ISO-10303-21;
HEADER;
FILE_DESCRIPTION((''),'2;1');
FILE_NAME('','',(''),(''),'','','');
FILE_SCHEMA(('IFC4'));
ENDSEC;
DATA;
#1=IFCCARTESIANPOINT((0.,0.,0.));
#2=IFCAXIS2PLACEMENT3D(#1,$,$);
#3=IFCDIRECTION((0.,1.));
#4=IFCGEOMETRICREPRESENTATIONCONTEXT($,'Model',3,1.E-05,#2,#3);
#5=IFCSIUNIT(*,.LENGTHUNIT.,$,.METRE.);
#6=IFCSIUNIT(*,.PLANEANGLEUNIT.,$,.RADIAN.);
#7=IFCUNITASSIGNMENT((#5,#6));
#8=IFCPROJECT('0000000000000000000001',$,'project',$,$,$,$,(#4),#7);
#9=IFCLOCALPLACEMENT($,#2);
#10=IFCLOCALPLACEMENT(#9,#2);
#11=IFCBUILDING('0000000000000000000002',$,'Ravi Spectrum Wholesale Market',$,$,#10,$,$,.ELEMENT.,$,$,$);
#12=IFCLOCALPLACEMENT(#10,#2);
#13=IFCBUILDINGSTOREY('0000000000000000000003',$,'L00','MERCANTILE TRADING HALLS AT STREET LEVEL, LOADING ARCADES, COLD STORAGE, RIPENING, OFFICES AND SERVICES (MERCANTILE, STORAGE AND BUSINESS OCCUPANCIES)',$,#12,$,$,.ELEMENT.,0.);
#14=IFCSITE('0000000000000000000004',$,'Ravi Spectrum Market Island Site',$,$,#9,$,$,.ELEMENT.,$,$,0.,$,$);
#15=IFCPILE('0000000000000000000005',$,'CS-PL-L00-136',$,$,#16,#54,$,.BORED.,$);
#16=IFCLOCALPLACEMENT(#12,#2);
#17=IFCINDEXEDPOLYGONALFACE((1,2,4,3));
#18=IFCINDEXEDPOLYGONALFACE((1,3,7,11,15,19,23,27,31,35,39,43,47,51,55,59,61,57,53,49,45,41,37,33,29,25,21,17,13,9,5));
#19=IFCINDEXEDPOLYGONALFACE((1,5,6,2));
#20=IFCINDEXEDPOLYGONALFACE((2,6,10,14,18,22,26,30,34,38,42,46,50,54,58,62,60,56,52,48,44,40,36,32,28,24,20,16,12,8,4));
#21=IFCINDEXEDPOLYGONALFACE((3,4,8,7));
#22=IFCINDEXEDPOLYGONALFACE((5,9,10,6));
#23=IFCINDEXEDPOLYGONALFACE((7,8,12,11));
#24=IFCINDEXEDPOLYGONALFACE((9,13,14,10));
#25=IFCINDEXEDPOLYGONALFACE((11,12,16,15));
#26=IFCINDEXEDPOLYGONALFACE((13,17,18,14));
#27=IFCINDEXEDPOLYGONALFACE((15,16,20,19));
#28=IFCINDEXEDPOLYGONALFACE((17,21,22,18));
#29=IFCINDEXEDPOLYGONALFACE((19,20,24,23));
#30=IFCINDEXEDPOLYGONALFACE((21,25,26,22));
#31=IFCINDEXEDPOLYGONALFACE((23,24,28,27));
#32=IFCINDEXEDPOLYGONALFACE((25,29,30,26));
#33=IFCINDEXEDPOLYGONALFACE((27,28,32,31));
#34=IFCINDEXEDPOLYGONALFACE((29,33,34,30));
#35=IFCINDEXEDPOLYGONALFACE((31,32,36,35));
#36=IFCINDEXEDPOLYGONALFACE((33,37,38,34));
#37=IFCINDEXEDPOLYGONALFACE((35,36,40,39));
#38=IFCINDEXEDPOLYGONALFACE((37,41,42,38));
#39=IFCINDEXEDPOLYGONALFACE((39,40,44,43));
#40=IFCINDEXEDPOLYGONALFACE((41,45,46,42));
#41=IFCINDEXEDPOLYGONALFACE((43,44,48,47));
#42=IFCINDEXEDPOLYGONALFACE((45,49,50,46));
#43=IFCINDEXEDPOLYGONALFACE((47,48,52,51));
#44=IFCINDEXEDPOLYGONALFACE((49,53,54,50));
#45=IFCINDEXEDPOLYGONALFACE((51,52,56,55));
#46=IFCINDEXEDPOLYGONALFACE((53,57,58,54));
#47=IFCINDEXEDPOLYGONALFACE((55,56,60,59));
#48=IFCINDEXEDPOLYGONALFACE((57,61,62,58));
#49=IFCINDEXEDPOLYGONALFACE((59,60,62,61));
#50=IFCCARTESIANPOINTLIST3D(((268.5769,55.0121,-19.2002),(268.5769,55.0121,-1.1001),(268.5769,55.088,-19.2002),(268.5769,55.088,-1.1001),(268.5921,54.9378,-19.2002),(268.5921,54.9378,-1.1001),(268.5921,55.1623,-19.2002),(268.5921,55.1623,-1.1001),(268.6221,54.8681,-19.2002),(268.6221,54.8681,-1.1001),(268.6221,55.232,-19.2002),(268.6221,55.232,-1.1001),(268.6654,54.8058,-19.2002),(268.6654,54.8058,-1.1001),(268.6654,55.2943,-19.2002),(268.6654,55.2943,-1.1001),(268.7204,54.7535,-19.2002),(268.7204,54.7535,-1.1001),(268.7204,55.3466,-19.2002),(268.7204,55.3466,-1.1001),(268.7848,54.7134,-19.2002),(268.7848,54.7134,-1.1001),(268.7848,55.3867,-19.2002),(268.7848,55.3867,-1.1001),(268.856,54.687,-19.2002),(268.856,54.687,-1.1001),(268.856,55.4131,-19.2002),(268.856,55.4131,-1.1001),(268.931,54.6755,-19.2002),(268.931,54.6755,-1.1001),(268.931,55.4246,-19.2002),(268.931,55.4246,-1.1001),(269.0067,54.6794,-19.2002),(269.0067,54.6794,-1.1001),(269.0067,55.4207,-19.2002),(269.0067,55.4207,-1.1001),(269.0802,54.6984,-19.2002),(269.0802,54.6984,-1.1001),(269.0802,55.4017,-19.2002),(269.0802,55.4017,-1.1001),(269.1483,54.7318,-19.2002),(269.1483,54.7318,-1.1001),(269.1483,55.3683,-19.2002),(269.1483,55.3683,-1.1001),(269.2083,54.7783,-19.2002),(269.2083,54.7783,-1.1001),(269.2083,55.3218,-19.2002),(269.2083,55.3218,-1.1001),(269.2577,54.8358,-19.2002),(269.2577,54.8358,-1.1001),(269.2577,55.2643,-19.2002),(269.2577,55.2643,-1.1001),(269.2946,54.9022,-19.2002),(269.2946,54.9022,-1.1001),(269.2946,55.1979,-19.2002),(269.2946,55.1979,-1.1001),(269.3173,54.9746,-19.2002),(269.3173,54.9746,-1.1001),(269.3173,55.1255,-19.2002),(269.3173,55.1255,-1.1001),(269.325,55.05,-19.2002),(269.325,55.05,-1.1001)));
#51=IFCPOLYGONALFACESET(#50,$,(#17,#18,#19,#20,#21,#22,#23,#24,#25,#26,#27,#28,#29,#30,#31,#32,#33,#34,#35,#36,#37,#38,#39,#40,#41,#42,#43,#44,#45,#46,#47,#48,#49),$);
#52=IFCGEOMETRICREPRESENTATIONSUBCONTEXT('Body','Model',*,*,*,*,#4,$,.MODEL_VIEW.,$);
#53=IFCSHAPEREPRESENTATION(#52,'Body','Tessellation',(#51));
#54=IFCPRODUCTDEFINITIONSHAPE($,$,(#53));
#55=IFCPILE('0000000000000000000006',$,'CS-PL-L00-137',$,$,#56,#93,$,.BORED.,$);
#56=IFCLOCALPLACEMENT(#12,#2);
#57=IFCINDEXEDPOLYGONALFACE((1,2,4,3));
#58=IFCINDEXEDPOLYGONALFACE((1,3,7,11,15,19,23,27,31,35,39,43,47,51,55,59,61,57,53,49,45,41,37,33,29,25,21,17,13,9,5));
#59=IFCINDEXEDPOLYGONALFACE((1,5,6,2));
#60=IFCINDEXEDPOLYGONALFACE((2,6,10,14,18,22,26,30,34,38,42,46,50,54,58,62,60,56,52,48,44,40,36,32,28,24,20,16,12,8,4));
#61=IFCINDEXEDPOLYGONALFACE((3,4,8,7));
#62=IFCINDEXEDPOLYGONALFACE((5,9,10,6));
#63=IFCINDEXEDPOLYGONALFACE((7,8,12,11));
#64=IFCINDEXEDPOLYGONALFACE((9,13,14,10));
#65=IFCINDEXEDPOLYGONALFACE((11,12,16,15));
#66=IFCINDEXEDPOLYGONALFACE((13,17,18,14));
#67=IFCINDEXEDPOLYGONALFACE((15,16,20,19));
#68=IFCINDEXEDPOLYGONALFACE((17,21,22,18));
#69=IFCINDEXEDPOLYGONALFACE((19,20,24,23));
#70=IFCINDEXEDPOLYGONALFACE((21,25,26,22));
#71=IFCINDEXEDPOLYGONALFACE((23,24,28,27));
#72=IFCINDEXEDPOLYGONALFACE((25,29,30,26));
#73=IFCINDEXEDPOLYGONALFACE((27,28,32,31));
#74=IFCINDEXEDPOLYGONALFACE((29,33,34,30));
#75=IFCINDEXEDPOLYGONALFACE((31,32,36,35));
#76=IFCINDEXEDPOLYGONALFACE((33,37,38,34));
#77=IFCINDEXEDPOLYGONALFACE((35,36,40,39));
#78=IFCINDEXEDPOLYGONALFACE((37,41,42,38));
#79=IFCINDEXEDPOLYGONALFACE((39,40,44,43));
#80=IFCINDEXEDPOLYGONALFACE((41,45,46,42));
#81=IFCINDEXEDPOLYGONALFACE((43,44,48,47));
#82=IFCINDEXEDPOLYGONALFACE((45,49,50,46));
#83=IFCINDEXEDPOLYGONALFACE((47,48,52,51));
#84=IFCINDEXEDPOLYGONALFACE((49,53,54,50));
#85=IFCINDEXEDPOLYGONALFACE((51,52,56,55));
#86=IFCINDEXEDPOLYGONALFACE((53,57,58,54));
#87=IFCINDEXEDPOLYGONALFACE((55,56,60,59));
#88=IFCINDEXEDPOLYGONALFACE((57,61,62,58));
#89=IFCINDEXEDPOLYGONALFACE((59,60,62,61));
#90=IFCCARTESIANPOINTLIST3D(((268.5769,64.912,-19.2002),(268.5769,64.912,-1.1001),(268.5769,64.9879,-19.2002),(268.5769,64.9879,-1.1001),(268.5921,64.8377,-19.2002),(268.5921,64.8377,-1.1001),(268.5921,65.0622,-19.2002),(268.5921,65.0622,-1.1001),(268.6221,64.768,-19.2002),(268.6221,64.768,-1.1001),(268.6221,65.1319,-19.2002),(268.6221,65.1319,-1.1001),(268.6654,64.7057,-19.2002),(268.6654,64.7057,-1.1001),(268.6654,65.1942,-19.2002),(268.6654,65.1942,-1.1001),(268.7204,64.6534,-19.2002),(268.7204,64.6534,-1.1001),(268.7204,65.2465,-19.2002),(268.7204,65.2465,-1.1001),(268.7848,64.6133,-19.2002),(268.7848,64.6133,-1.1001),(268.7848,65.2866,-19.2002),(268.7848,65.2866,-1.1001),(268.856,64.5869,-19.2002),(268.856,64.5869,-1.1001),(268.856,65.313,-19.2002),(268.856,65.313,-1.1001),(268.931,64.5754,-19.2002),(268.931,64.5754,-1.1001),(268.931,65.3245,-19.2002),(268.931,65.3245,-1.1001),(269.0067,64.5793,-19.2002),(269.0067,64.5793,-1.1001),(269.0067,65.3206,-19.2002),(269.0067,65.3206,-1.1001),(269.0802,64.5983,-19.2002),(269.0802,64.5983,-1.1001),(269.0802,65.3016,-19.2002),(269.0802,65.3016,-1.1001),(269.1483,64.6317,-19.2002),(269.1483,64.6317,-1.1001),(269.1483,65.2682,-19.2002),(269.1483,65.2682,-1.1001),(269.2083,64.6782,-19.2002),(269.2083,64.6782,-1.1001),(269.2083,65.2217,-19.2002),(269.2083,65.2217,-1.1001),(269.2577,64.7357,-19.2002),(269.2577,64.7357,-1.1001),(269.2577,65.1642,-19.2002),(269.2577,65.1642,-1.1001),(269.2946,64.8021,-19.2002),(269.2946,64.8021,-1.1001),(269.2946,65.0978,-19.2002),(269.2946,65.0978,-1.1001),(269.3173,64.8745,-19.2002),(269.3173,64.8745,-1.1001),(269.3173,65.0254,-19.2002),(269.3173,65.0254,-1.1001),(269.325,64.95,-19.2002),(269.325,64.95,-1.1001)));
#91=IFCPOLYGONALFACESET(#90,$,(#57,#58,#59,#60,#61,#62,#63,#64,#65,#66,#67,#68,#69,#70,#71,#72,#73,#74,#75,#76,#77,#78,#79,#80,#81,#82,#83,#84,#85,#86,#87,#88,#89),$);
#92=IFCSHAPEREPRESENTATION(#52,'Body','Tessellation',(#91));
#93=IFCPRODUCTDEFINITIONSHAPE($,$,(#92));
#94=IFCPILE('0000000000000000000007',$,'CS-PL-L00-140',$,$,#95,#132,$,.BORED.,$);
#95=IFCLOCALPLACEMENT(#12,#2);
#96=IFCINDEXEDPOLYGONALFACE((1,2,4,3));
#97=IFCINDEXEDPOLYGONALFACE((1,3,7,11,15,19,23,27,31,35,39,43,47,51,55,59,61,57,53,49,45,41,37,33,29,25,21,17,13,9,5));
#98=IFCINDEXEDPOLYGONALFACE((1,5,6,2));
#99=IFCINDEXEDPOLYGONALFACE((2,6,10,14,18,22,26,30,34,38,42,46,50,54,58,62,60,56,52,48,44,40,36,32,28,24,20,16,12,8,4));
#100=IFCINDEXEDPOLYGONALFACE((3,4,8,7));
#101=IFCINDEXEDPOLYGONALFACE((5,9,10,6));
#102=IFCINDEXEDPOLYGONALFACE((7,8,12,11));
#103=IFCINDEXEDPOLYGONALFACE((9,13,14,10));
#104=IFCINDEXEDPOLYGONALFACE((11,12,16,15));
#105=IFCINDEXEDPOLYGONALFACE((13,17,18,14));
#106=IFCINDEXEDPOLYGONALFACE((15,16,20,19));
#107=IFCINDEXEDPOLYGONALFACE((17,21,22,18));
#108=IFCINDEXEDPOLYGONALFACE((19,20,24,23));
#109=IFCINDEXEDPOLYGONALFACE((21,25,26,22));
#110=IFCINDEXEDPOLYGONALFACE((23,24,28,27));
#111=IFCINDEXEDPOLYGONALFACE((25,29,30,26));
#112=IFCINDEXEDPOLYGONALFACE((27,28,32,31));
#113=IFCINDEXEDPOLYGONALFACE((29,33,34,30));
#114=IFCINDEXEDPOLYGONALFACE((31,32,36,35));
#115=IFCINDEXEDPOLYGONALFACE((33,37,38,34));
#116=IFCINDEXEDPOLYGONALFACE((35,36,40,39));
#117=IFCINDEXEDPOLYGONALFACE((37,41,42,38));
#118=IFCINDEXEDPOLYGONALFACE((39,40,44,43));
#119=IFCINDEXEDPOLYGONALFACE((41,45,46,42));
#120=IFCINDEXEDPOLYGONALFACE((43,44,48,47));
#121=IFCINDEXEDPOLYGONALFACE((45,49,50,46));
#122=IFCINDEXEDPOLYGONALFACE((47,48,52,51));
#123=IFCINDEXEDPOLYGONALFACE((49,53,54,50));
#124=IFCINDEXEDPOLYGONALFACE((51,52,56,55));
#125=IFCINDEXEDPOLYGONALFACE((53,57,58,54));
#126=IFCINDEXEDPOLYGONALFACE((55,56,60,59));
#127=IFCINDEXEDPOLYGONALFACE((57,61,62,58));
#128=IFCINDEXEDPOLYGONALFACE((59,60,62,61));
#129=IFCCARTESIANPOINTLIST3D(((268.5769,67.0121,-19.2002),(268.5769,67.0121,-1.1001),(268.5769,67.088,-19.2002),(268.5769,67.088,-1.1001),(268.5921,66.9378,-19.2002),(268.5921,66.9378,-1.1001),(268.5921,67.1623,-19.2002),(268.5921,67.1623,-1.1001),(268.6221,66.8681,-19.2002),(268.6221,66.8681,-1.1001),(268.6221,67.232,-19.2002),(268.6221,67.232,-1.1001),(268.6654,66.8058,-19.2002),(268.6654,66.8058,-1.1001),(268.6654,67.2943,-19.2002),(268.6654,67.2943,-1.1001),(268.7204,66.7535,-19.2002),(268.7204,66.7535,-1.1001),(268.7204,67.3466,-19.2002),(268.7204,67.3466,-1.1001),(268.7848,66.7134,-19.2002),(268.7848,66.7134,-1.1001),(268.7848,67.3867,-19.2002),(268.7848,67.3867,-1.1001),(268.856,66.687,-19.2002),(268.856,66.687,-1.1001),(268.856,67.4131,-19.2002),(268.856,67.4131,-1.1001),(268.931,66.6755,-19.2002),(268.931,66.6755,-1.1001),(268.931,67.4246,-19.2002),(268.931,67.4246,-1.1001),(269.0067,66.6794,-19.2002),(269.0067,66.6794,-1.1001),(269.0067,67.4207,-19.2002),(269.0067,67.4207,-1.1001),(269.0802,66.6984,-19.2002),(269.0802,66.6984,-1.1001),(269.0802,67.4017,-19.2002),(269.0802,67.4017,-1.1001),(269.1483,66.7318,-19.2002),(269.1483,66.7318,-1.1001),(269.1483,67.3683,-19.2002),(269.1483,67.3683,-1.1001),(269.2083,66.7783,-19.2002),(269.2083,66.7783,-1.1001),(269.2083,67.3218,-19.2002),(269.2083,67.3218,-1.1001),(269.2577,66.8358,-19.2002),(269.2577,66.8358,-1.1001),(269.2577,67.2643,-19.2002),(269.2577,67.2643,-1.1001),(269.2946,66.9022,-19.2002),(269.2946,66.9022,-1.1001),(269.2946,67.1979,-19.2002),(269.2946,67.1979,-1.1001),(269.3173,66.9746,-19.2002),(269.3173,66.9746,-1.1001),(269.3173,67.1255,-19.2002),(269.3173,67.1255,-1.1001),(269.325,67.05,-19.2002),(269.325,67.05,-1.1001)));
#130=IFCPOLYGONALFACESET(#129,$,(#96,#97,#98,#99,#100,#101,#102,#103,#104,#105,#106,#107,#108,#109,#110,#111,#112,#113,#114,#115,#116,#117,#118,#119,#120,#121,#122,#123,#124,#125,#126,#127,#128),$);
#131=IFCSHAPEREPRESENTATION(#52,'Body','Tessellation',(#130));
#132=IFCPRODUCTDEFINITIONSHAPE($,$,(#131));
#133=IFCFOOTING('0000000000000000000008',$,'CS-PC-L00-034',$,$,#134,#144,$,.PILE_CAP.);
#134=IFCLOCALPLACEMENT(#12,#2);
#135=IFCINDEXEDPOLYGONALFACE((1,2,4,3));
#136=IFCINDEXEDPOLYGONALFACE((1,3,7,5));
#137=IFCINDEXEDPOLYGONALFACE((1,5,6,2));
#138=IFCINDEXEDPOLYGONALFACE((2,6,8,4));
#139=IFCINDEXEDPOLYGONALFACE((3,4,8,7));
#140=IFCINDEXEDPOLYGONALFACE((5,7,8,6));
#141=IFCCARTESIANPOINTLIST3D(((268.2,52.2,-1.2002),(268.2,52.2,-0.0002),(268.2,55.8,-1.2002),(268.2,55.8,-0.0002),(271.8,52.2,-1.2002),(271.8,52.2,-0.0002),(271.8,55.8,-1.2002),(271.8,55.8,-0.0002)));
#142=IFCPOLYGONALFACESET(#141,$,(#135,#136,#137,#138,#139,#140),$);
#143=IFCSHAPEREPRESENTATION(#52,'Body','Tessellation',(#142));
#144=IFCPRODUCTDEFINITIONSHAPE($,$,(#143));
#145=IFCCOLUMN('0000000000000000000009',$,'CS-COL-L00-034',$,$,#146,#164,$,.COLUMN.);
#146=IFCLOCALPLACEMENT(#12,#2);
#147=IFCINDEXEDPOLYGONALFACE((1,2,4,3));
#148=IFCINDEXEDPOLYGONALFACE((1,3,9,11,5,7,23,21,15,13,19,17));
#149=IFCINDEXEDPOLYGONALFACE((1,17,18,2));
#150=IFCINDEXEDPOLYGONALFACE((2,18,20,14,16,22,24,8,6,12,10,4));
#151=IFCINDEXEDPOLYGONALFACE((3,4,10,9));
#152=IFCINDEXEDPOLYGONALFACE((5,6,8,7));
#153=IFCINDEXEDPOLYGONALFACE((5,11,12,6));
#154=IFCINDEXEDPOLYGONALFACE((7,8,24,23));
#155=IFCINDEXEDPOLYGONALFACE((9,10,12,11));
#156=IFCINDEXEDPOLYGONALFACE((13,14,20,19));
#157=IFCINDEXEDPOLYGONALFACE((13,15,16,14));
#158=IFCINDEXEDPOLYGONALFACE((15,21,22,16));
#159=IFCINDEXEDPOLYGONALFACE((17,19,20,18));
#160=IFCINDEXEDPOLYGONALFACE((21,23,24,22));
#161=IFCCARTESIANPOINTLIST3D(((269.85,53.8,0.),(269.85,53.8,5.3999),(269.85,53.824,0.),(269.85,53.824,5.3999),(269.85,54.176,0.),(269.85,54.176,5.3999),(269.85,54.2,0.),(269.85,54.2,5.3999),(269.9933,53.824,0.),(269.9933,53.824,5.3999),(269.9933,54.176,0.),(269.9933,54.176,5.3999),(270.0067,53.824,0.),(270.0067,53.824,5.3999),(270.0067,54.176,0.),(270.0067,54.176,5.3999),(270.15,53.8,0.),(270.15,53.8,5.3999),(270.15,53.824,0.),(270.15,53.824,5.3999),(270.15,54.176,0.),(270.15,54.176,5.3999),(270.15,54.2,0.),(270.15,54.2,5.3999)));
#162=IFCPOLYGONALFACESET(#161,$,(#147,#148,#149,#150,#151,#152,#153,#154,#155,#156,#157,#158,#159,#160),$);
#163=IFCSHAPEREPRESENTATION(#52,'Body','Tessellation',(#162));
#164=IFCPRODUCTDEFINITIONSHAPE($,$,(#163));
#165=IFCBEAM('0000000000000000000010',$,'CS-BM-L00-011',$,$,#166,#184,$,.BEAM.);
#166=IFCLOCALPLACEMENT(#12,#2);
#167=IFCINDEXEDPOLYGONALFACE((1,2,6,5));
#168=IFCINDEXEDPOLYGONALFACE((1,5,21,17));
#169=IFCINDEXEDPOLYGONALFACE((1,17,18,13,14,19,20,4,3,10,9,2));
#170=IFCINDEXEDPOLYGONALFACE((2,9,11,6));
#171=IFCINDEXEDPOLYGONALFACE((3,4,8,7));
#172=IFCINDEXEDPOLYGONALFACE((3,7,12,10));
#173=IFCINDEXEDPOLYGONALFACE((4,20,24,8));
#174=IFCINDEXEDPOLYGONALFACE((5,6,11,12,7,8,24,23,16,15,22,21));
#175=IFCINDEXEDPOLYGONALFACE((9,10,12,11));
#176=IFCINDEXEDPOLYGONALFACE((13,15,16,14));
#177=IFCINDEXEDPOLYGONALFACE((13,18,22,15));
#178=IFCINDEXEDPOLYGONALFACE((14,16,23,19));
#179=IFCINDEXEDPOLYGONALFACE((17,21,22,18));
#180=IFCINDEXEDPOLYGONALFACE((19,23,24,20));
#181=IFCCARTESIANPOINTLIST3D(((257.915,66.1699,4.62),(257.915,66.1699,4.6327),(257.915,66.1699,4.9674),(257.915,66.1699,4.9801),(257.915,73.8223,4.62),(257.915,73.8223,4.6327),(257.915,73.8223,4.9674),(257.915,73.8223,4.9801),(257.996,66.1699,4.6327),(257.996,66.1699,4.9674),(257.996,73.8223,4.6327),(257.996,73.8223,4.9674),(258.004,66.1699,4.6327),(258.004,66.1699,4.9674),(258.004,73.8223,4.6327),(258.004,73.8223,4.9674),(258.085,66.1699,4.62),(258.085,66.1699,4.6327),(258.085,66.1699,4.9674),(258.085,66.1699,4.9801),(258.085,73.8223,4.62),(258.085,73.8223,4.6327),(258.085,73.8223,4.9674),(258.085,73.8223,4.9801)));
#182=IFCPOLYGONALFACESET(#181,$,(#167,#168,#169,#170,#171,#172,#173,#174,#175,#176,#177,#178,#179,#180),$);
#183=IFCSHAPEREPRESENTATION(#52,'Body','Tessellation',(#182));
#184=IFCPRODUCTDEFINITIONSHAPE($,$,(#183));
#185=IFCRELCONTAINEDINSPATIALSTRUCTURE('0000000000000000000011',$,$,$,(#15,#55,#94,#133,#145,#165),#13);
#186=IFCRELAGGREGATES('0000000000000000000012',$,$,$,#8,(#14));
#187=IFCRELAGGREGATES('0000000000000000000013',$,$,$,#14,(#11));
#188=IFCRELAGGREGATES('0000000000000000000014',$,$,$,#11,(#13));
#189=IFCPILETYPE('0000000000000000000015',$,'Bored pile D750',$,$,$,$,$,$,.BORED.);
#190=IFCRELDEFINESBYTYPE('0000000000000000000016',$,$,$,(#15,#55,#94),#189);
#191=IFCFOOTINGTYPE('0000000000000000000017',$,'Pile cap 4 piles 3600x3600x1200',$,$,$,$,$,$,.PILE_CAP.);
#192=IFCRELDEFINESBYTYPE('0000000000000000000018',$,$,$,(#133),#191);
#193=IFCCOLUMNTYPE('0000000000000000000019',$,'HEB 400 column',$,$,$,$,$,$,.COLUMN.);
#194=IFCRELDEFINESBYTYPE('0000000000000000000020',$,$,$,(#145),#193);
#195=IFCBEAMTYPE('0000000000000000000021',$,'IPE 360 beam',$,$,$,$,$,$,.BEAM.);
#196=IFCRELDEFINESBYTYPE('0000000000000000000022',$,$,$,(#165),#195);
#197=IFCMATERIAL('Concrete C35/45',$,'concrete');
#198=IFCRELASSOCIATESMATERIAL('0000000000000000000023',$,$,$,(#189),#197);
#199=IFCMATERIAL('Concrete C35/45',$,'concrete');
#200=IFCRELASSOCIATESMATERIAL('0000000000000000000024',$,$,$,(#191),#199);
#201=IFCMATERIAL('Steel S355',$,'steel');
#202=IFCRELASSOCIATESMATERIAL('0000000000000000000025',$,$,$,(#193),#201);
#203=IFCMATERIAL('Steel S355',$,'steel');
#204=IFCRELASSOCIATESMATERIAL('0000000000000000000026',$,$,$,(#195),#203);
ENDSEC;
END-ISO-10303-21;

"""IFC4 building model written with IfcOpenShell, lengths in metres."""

from ifc_helpers import new_model, si_unit, direction, frame, origin, origin_2d, place, context, subcontext, project, spatial, rectangle, circle, i_section, extrude, material, material_profile, profile_set, type_object, element, save


model = new_model("IFC4")

# Units and contexts
model_context = context("Model", 3, precision=1e-05, world=origin(), true_north=direction((0.0, 1.0)))
body_context = subcontext(model_context, "Body", "Model", "MODEL_VIEW")
ifc_project = project(units=[si_unit("LENGTHUNIT", "METRE"), si_unit("PLANEANGLEUNIT", "RADIAN")], contexts=[model_context])

# Site, building, storey
site_placement = place(None, origin())
site = spatial("IfcSite", under=ifc_project, at=site_placement, Name="Ravi Spectrum Market Island Site", CompositionType="ELEMENT", RefElevation=0.0)
building_placement = place(site_placement, origin())
building = spatial("IfcBuilding", under=site, at=building_placement, Name="Ravi Spectrum Wholesale Market", CompositionType="ELEMENT")
storey_placement = place(building_placement, origin())
storey = spatial("IfcBuildingStorey", under=building, at=storey_placement, Name="L00", Description="MERCANTILE TRADING HALLS AT STREET LEVEL, LOADING ARCADES, COLD STORAGE, RIPENING, OFFICES AND SERVICES (MERCANTILE, STORAGE AND BUSINESS OCCUPANCIES)", CompositionType="ELEMENT", Elevation=0.0)

# Piles
ifc_material_1 = material(Name="Concrete C35/45", Category="concrete")
ifc_material_profile_1 = material_profile(ifc_material_1, circle(Radius=0.375, at=origin_2d()))
ifc_profile_set_1 = profile_set([ifc_material_profile_1], Name="Concrete C35/45")
pile_type = type_object("IfcPileType", Name="Bored pile D750", PredefinedType="BORED", material=ifc_profile_set_1)
for number, where, z_axis, x_axis, name in (
    (1, (268.95, 55.05, -1.1001), (0.0, 0.0, -1.0), (1.0, 0.0, 0.0), "CS-PL-L00-136"),
    (2, (268.95, 64.95, -1.1001), (0.0, 0.0, -1.0), (1.0, 0.0, 0.0), "CS-PL-L00-137"),
    (3, (268.95, 67.05, -1.1001), (0.0, 0.0, -1.0), (1.0, 0.0, 0.0), "CS-PL-L00-140"),
):
    element("IfcPile", number, at=place(storey_placement, frame(where, z_axis=z_axis, x_axis=x_axis)), inside=storey, type_object=pile_type, Name=name, PredefinedType="BORED", context=body_context, shape_type="SweptSolid", body=[
        extrude(circle(Radius=0.375, at=origin_2d()), origin(), (0.0, 0.0, 1.0), 18.1001),
    ])

# Footing
ifc_material_2 = material(Name="Concrete C35/45", Category="concrete")
footing_type = type_object("IfcFootingType", Name="Pile cap 4 piles 3600x3600x1200", PredefinedType="PILE_CAP", material=ifc_material_2)
footing_placement = place(storey_placement, frame((270.0, 54.0, -1.2002), z_axis=(0.0, 0.0, 1.0), x_axis=(1.0, 0.0, 0.0)))
element("IfcFooting", 4, at=footing_placement, inside=storey, type_object=footing_type, Name="CS-PC-L00-034", PredefinedType="PILE_CAP", context=body_context, shape_type="SweptSolid", body=[
    extrude(rectangle(XDim=3.6001, YDim=3.6001, at=origin_2d()), origin(), (0.0, 0.0, 1.0), 1.2),
])

# Column
ifc_material_3 = material(Name="Steel S355", Category="steel")
ifc_material_profile_2 = material_profile(ifc_material_3, i_section(OverallWidth=0.3, OverallDepth=0.3999, WebThickness=0.0134, FlangeThickness=0.0239, at=origin_2d()))
ifc_profile_set_2 = profile_set([ifc_material_profile_2], Name="Steel S355")
column_type = type_object("IfcColumnType", Name="HEB 400 column", PredefinedType="COLUMN", material=ifc_profile_set_2)
column_placement = place(storey_placement, frame((270.0, 54.0, 0.0), z_axis=(0.0, 0.0, 1.0), x_axis=(1.0, 0.0, 0.0)))
element("IfcColumn", 5, at=column_placement, inside=storey, type_object=column_type, Name="CS-COL-L00-034", PredefinedType="COLUMN", context=body_context, shape_type="SweptSolid", body=[
    extrude(i_section(OverallWidth=0.3, OverallDepth=0.3999, WebThickness=0.0134, FlangeThickness=0.0239, at=origin_2d()), origin(), (0.0, 0.0, 1.0), 5.3999),
])

# Beam
ifc_material_4 = material(Name="Steel S355", Category="steel")
ifc_material_profile_3 = material_profile(ifc_material_4, i_section(OverallWidth=0.1699, OverallDepth=0.3601, WebThickness=0.0081, FlangeThickness=0.0127, at=origin_2d()))
ifc_profile_set_3 = profile_set([ifc_material_profile_3], Name="Steel S355")
beam_type = type_object("IfcBeamType", Name="IPE 360 beam", PredefinedType="BEAM", material=ifc_profile_set_3)
beam_1_placement = place(storey_placement, frame((258.0, 66.1699, 4.8), z_axis=(0.0, 1.0, 0.0), x_axis=(-1.0, 0.0, 0.0)))
element("IfcBeam", 6, at=beam_1_placement, inside=storey, type_object=beam_type, Name="CS-BM-L00-011", PredefinedType="BEAM", context=body_context, shape_type="SweptSolid", body=[
    extrude(i_section(OverallWidth=0.1699, OverallDepth=0.3601, WebThickness=0.0081, FlangeThickness=0.0127, at=origin_2d()), origin(), (0.0, 0.0, 1.0), 7.6523),
])

save(model, "model.ifc")
